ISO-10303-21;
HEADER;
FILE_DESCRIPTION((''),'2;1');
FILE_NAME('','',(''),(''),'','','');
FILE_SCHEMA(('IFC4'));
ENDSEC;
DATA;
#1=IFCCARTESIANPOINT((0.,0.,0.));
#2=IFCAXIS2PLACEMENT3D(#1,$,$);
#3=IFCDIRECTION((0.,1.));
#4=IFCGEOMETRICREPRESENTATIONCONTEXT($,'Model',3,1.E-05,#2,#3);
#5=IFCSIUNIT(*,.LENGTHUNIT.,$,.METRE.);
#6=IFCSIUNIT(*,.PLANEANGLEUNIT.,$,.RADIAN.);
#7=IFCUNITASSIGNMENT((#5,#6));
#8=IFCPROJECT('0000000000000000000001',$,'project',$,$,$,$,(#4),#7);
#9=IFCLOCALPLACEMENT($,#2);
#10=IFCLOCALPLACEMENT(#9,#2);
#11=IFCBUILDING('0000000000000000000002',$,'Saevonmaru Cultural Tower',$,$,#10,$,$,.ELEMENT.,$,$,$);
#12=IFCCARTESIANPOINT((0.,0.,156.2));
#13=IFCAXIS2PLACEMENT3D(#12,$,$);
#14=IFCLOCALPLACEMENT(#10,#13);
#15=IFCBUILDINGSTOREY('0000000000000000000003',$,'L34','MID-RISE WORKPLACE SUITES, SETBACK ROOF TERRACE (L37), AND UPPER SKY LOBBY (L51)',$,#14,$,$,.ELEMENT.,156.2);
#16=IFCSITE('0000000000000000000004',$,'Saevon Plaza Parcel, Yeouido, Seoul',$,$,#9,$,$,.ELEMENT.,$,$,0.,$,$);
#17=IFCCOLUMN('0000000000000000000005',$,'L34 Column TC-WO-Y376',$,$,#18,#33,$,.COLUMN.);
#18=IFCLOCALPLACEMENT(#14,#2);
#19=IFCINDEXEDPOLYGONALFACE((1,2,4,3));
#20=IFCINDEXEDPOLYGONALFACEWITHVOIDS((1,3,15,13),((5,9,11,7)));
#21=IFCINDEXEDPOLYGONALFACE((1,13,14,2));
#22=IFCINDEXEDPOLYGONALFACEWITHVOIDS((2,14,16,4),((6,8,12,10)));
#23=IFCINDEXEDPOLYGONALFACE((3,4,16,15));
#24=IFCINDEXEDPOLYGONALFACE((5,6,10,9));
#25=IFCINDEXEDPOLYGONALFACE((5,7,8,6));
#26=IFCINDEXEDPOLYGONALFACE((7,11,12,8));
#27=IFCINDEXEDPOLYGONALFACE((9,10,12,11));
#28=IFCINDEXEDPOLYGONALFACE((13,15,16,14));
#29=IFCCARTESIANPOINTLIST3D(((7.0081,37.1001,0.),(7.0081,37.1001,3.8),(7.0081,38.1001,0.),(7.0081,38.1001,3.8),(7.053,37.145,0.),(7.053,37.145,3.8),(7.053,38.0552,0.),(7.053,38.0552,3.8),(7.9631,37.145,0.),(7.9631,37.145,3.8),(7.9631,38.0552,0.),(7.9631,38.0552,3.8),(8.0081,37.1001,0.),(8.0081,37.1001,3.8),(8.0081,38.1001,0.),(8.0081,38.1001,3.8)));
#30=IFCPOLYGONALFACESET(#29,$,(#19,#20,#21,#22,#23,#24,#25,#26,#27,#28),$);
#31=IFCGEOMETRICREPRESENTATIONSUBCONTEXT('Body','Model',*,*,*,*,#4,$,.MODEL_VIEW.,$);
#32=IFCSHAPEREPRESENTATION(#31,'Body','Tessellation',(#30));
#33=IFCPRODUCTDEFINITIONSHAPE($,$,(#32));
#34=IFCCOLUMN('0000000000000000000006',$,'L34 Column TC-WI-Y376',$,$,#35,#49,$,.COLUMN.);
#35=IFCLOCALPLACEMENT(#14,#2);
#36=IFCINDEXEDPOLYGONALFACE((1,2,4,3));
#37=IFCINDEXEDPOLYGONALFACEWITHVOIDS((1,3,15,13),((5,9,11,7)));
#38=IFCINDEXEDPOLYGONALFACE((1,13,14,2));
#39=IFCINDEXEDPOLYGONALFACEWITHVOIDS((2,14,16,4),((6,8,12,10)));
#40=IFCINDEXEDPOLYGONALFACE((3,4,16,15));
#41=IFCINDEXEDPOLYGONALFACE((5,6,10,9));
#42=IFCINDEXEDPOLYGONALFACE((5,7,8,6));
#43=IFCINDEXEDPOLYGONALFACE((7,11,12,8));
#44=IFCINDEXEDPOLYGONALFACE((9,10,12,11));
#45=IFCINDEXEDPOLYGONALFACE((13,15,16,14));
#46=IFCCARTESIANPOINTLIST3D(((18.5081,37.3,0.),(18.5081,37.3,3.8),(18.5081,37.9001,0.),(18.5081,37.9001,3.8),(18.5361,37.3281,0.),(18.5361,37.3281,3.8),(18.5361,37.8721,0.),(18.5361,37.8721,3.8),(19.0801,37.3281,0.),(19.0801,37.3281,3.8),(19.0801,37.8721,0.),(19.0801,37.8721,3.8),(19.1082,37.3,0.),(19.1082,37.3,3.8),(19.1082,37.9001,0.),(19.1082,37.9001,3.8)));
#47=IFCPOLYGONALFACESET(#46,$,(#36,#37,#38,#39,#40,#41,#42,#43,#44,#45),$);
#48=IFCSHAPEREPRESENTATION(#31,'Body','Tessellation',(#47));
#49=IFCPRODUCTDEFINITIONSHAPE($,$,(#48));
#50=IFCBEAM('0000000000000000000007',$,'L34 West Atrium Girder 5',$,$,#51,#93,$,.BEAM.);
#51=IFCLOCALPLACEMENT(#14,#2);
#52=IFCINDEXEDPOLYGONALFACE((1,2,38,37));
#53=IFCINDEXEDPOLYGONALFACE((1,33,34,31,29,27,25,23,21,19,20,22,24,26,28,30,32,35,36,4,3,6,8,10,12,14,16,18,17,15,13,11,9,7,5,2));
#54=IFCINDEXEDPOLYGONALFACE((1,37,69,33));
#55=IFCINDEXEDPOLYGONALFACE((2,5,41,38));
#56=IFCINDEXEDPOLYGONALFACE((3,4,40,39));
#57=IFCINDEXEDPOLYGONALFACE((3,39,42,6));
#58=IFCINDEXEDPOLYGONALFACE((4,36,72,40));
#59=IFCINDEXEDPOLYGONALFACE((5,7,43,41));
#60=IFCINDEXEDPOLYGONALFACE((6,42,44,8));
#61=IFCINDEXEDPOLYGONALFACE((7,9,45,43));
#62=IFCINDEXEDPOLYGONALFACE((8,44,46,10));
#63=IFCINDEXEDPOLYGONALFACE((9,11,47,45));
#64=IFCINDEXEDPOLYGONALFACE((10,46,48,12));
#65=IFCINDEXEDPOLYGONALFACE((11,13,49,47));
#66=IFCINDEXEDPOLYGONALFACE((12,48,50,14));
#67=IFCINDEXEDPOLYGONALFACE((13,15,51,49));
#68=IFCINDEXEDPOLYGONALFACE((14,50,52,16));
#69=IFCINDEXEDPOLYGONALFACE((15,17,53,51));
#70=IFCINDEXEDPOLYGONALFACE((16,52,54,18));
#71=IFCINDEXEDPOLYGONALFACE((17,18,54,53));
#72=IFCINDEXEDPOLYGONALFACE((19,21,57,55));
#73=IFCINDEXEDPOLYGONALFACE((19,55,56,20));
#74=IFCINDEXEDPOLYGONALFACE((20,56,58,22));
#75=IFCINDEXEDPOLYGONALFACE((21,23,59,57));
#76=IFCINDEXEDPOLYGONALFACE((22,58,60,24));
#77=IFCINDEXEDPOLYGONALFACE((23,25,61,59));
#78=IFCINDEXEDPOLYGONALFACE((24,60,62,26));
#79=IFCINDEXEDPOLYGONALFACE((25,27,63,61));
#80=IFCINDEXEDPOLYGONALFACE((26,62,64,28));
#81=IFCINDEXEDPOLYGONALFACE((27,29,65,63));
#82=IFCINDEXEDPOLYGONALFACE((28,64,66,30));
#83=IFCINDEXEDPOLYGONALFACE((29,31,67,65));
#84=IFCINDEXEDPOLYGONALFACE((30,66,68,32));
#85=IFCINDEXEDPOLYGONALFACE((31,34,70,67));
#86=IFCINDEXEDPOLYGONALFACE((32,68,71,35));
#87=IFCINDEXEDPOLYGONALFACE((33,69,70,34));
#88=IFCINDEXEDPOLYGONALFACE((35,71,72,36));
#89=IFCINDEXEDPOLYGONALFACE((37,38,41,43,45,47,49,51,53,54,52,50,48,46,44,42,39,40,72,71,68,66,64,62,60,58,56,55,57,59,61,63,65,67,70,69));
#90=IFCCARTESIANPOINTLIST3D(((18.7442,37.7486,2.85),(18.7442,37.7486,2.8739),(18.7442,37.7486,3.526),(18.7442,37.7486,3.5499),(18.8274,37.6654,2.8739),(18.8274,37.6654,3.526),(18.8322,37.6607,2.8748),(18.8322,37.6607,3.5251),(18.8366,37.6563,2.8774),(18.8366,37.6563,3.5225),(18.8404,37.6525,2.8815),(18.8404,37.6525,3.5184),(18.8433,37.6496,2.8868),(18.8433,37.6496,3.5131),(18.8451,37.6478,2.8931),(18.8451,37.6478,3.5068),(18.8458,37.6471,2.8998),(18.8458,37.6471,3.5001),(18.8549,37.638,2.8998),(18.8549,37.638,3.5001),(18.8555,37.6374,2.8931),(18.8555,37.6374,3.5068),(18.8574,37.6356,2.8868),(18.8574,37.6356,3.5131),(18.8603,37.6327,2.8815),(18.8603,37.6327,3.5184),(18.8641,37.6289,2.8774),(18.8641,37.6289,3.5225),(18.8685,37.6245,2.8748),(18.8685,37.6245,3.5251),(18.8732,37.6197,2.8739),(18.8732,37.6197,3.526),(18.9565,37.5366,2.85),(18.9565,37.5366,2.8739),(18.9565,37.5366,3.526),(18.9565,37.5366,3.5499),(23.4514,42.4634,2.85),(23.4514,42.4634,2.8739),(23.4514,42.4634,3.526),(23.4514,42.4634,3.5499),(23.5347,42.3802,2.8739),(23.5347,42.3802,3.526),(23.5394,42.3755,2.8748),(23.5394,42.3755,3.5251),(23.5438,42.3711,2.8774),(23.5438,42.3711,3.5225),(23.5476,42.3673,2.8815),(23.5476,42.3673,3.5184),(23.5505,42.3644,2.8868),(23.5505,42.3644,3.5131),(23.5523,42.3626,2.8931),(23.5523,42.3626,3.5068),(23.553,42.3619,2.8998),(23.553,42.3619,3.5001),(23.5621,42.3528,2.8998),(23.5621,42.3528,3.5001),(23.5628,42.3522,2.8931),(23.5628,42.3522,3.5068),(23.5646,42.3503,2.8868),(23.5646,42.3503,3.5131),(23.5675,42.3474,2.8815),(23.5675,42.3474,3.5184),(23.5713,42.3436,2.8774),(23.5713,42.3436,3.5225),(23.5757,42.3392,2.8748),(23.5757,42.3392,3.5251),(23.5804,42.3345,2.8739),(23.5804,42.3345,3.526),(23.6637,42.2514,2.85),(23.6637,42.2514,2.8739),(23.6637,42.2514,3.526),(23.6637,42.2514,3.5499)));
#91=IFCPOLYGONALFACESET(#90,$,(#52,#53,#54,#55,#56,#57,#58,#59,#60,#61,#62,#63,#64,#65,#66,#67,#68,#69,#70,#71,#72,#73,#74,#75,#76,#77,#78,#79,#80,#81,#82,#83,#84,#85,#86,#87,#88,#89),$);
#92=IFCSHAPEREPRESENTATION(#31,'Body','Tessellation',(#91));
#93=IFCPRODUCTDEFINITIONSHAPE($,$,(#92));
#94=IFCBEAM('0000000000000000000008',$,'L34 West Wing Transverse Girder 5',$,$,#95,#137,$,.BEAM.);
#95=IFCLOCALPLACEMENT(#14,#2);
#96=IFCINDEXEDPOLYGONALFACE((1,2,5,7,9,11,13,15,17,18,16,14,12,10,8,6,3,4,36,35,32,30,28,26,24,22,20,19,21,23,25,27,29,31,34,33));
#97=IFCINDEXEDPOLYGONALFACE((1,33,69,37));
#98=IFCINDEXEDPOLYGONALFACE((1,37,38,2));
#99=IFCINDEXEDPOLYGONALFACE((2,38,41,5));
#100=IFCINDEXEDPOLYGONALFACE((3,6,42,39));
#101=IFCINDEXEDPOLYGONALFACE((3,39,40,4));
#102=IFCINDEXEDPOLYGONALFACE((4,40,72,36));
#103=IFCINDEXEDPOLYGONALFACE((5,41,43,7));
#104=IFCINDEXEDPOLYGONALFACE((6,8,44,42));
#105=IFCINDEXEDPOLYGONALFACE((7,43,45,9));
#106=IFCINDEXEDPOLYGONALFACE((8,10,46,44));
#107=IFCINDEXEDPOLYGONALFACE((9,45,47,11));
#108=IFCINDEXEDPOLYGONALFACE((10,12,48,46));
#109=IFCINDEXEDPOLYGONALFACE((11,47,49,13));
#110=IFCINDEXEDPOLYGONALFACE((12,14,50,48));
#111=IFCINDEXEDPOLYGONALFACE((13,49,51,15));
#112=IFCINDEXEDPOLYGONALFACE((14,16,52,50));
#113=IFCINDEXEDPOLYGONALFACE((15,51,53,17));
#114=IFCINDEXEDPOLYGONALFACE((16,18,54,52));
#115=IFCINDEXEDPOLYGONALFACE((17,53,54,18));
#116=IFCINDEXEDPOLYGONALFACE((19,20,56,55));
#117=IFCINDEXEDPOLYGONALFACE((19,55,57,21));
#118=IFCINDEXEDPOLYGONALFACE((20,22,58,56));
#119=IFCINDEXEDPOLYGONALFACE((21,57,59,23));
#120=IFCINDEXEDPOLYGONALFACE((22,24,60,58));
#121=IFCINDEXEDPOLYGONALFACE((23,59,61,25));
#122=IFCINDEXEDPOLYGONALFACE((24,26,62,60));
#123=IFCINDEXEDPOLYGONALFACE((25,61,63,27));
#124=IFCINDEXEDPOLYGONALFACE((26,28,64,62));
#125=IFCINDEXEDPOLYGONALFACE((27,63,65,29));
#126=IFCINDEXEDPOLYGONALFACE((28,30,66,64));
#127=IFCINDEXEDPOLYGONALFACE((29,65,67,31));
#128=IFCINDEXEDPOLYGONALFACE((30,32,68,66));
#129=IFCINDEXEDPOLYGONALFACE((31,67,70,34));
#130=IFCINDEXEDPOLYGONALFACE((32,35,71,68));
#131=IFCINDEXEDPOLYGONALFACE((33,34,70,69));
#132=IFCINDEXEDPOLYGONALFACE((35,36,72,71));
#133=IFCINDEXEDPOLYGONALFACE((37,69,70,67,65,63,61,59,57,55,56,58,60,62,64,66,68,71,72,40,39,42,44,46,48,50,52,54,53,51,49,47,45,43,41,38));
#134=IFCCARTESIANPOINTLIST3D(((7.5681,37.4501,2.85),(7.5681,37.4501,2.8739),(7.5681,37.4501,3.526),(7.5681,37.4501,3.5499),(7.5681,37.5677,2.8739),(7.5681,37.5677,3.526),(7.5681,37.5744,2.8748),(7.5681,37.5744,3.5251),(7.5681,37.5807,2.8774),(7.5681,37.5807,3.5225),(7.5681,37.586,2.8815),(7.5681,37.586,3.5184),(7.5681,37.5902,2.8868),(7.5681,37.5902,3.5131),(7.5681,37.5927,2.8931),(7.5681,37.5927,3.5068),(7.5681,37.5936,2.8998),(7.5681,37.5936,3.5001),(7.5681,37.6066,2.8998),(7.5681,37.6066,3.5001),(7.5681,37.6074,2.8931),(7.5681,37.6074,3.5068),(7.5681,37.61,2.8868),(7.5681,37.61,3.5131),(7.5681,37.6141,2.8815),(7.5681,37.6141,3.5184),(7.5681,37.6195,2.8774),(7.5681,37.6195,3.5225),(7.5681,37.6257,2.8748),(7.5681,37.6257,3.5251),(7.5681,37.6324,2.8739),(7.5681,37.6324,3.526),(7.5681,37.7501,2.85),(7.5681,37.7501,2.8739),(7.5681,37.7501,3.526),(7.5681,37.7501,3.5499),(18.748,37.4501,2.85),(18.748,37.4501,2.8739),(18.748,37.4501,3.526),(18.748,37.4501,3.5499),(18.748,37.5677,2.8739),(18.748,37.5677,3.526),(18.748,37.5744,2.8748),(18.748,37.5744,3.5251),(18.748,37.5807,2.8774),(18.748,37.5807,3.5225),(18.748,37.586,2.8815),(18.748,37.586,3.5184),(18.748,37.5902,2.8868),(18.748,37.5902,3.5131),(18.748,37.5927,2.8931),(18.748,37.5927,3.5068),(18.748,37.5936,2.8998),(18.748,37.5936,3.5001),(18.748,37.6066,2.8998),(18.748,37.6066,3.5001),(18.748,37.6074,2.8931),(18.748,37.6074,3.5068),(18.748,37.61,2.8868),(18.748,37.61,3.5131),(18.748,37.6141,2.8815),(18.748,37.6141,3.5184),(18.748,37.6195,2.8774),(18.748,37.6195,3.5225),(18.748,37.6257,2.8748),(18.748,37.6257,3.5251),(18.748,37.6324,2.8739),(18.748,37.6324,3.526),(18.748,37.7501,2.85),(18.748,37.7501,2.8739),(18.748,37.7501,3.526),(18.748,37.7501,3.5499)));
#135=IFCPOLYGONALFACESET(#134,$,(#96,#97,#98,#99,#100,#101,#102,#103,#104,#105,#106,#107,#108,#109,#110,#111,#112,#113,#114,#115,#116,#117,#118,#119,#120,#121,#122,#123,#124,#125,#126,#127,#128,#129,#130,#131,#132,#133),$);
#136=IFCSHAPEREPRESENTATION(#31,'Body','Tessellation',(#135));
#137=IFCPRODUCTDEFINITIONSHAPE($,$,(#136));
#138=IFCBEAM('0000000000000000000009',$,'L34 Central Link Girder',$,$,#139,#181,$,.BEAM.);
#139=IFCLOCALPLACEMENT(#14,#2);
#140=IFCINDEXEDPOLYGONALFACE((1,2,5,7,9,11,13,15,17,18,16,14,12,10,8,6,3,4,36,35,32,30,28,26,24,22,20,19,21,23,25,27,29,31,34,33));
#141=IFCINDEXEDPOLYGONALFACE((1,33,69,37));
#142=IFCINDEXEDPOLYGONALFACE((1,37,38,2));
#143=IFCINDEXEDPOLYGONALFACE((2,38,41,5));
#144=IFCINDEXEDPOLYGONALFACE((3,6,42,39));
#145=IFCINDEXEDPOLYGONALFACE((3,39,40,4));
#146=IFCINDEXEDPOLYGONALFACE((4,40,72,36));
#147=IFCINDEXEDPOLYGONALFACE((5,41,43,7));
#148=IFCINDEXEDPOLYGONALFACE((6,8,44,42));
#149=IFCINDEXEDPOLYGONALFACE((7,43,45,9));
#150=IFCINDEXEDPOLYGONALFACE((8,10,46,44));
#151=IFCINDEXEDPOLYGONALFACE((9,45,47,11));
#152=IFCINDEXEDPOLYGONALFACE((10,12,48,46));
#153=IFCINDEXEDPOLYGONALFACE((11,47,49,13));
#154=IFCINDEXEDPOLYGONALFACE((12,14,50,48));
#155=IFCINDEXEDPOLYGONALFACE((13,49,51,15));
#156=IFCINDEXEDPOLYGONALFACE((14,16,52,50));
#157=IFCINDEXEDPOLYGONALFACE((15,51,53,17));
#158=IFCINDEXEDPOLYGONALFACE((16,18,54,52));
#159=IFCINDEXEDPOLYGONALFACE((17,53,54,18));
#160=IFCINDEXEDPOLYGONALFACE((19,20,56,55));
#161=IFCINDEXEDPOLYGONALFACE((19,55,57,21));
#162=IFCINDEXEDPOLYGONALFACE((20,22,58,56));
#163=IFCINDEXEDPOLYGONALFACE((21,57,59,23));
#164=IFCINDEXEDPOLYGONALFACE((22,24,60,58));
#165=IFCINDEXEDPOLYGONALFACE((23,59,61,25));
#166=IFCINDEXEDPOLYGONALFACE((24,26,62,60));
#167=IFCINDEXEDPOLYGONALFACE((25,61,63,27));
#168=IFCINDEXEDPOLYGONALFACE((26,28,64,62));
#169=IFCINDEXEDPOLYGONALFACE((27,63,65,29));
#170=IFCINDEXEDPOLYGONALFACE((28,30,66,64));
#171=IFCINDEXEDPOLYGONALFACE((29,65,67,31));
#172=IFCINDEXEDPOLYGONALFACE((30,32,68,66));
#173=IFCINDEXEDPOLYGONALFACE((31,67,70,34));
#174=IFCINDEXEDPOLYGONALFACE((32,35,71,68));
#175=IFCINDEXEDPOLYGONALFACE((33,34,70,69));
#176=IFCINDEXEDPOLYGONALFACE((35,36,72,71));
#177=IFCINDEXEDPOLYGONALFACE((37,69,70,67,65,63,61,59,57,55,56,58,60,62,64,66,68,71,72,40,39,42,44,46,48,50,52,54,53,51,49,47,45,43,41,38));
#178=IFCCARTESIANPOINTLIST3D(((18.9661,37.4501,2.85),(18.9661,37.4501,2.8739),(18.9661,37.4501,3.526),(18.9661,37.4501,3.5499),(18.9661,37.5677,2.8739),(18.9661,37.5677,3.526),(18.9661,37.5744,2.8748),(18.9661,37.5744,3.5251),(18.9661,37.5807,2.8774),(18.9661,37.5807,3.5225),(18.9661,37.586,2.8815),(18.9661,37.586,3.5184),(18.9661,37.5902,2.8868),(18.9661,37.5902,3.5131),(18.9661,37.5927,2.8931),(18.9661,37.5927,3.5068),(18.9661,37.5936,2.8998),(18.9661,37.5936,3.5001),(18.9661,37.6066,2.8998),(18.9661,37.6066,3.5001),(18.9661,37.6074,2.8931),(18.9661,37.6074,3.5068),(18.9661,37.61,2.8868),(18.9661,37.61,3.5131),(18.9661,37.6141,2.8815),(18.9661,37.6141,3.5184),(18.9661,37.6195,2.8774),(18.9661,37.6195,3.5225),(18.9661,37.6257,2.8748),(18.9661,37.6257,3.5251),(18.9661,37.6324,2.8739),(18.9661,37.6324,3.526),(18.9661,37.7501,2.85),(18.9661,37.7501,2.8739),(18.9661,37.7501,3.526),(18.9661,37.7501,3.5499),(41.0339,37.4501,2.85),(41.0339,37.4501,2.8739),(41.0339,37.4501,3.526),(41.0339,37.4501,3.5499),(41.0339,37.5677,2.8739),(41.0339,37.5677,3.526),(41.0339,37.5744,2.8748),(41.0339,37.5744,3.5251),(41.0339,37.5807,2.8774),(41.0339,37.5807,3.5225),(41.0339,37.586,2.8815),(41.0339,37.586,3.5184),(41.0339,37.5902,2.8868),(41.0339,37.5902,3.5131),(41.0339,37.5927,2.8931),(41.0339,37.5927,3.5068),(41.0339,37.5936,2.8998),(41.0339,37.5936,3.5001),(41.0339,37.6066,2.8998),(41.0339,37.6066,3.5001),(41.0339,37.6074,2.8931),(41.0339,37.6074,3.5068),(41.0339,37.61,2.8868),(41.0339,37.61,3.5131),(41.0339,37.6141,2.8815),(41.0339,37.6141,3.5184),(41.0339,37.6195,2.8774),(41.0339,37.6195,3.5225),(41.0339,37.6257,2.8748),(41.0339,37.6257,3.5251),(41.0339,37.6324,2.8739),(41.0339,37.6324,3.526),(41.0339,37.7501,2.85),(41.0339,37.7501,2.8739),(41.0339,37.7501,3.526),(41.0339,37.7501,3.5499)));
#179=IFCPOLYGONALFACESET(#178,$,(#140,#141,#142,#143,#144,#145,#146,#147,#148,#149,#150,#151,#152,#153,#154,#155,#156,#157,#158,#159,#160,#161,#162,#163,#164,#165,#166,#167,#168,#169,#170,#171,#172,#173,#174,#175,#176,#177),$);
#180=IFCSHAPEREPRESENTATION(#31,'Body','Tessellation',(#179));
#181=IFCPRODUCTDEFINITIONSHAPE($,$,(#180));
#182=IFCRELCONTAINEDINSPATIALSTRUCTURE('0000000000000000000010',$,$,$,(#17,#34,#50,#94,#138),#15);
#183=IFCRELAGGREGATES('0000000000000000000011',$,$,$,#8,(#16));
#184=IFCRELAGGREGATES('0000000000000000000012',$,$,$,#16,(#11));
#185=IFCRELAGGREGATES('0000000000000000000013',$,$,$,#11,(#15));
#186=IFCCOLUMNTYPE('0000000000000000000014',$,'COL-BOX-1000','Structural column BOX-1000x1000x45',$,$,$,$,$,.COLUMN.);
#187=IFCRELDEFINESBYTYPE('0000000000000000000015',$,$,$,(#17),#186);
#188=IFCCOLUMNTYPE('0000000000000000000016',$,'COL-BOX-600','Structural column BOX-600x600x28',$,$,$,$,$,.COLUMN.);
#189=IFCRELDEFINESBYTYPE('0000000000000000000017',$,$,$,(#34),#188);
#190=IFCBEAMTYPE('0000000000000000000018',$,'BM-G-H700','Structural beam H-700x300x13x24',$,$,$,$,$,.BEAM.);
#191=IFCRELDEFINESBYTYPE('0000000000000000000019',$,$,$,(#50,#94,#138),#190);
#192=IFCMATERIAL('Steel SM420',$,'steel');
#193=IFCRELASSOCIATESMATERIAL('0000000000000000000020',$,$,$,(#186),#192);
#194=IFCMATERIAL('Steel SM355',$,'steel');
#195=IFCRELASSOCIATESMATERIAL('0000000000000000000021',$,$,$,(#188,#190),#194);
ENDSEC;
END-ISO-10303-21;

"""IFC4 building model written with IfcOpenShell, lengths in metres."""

from ifc_helpers import new_model, si_unit, direction, frame, origin, origin_2d, place, context, subcontext, project, spatial, hollow_rectangle, i_section, extrude, material, material_profile, profile_set, type_object, element, save


model = new_model("IFC4")

# Units and contexts
model_context = context("Model", 3, precision=1e-05, world=origin(), true_north=direction((0.0, 1.0)))
body_context = subcontext(model_context, "Body", "Model", "MODEL_VIEW")
ifc_project = project(units=[si_unit("LENGTHUNIT", "METRE"), si_unit("PLANEANGLEUNIT", "RADIAN")], contexts=[model_context])

# Site, building, storey
site_placement = place(None, origin())
site = spatial("IfcSite", under=ifc_project, at=site_placement, Name="Saevon Plaza Parcel, Yeouido, Seoul", CompositionType="ELEMENT", RefElevation=0.0)
building_placement = place(site_placement, origin())
building = spatial("IfcBuilding", under=site, at=building_placement, Name="Saevonmaru Cultural Tower", CompositionType="ELEMENT")
storey_placement = place(building_placement, frame((0.0, 0.0, 156.2)))
storey = spatial("IfcBuildingStorey", under=building, at=storey_placement, Name="L34", Description="MID-RISE WORKPLACE SUITES, SETBACK ROOF TERRACE (L37), AND UPPER SKY LOBBY (L51)", CompositionType="ELEMENT", Elevation=156.2)

# Columns
ifc_material_1 = material(Name="Steel SM420", Category="steel")
ifc_material_profile_1 = material_profile(ifc_material_1, hollow_rectangle(XDim=1.0, YDim=1.0, WallThickness=0.0449, at=origin_2d()), Name="BOX-1000x1000x45")
ifc_profile_set_1 = profile_set([ifc_material_profile_1], Name="Steel SM420")
column_type_1 = type_object("IfcColumnType", Name="COL-BOX-1000", Description="Structural column BOX-1000x1000x45", PredefinedType="COLUMN", material=ifc_profile_set_1)
column_1_placement = place(storey_placement, frame((7.5081, 37.6001, 0.0), z_axis=(0.0, 0.0, 1.0), x_axis=(1.0, 0.0, 0.0)))
element("IfcColumn", 1, at=column_1_placement, inside=storey, type_object=column_type_1, Name="L34 Column TC-WO-Y376", PredefinedType="COLUMN", context=body_context, shape_type="SweptSolid", body=[
    extrude(hollow_rectangle(XDim=1.0, YDim=1.0, WallThickness=0.0449, at=origin_2d()), origin(), (0.0, 0.0, 1.0), 3.8),
])
ifc_material_2 = material(Name="Steel SM355", Category="steel")
ifc_material_profile_2 = material_profile(ifc_material_2, hollow_rectangle(XDim=0.6001, YDim=0.6001, WallThickness=0.0281, at=origin_2d()), Name="BOX-600x600x28")
ifc_profile_set_2 = profile_set([ifc_material_profile_2], Name="Steel SM355")
column_type_2 = type_object("IfcColumnType", Name="COL-BOX-600", Description="Structural column BOX-600x600x28", PredefinedType="COLUMN", material=ifc_profile_set_2)
column_2_placement = place(storey_placement, frame((18.8081, 37.6001, 0.0), z_axis=(0.0, 0.0, 1.0), x_axis=(1.0, 0.0, 0.0)))
element("IfcColumn", 2, at=column_2_placement, inside=storey, type_object=column_type_2, Name="L34 Column TC-WI-Y376", PredefinedType="COLUMN", context=body_context, shape_type="SweptSolid", body=[
    extrude(hollow_rectangle(XDim=0.6001, YDim=0.6001, WallThickness=0.0281, at=origin_2d()), origin(), (0.0, 0.0, 1.0), 3.8),
])

# Beams
ifc_material_profile_3 = material_profile(ifc_material_2, i_section(OverallWidth=0.3, OverallDepth=0.7, WebThickness=0.0129, FlangeThickness=0.0239, FilletRadius=0.0259, at=origin_2d()), Name="H-700x300x13x24")
ifc_profile_set_3 = profile_set([ifc_material_profile_3], Name="Steel SM355")
beam_type_1 = type_object("IfcBeamType", Name="BM-G-H700", Description="Structural beam H-700x300x13x24", PredefinedType="BEAM", material=ifc_profile_set_3)
beam_1_placement = place(storey_placement, frame((18.8503, 37.6426, 3.2), z_axis=(0.706539, 0.707675, 0.0), x_axis=(-0.707675, 0.706539, 0.0)))
element("IfcBeam", 3, at=beam_1_placement, inside=storey, type_object=beam_type_1, Name="L34 West Atrium Girder 5", PredefinedType="BEAM", context=body_context, shape_type="SweptSolid", body=[
    extrude(i_section(OverallWidth=0.3, OverallDepth=0.7, WebThickness=0.0129, FlangeThickness=0.0239, FilletRadius=0.0259, at=origin_2d()), origin(), (0.0, 0.0, 1.0), 6.6624),
])
beam_2_placement = place(storey_placement, frame((7.5681, 37.6001, 3.2), z_axis=(1.0, 0.0, 0.0), x_axis=(0.0, 1.0, 0.0)))
element("IfcBeam", 4, at=beam_2_placement, inside=storey, type_object=beam_type_1, Name="L34 West Wing Transverse Girder 5", PredefinedType="BEAM", context=body_context, shape_type="SweptSolid", body=[
    extrude(i_section(OverallWidth=0.3, OverallDepth=0.7, WebThickness=0.0129, FlangeThickness=0.0239, FilletRadius=0.0259, at=origin_2d()), origin(), (0.0, 0.0, 1.0), 11.1799),
])
beam_3_placement = place(storey_placement, frame((18.9661, 37.6001, 3.2), z_axis=(1.0, 0.0, 0.0), x_axis=(0.0, 1.0, 0.0)))
element("IfcBeam", 5, at=beam_3_placement, inside=storey, type_object=beam_type_1, Name="L34 Central Link Girder", PredefinedType="BEAM", context=body_context, shape_type="SweptSolid", body=[
    extrude(i_section(OverallWidth=0.3, OverallDepth=0.7, WebThickness=0.0129, FlangeThickness=0.0239, FilletRadius=0.0259, at=origin_2d()), origin(), (0.0, 0.0, 1.0), 22.0679),
])

save(model, "model.ifc")
